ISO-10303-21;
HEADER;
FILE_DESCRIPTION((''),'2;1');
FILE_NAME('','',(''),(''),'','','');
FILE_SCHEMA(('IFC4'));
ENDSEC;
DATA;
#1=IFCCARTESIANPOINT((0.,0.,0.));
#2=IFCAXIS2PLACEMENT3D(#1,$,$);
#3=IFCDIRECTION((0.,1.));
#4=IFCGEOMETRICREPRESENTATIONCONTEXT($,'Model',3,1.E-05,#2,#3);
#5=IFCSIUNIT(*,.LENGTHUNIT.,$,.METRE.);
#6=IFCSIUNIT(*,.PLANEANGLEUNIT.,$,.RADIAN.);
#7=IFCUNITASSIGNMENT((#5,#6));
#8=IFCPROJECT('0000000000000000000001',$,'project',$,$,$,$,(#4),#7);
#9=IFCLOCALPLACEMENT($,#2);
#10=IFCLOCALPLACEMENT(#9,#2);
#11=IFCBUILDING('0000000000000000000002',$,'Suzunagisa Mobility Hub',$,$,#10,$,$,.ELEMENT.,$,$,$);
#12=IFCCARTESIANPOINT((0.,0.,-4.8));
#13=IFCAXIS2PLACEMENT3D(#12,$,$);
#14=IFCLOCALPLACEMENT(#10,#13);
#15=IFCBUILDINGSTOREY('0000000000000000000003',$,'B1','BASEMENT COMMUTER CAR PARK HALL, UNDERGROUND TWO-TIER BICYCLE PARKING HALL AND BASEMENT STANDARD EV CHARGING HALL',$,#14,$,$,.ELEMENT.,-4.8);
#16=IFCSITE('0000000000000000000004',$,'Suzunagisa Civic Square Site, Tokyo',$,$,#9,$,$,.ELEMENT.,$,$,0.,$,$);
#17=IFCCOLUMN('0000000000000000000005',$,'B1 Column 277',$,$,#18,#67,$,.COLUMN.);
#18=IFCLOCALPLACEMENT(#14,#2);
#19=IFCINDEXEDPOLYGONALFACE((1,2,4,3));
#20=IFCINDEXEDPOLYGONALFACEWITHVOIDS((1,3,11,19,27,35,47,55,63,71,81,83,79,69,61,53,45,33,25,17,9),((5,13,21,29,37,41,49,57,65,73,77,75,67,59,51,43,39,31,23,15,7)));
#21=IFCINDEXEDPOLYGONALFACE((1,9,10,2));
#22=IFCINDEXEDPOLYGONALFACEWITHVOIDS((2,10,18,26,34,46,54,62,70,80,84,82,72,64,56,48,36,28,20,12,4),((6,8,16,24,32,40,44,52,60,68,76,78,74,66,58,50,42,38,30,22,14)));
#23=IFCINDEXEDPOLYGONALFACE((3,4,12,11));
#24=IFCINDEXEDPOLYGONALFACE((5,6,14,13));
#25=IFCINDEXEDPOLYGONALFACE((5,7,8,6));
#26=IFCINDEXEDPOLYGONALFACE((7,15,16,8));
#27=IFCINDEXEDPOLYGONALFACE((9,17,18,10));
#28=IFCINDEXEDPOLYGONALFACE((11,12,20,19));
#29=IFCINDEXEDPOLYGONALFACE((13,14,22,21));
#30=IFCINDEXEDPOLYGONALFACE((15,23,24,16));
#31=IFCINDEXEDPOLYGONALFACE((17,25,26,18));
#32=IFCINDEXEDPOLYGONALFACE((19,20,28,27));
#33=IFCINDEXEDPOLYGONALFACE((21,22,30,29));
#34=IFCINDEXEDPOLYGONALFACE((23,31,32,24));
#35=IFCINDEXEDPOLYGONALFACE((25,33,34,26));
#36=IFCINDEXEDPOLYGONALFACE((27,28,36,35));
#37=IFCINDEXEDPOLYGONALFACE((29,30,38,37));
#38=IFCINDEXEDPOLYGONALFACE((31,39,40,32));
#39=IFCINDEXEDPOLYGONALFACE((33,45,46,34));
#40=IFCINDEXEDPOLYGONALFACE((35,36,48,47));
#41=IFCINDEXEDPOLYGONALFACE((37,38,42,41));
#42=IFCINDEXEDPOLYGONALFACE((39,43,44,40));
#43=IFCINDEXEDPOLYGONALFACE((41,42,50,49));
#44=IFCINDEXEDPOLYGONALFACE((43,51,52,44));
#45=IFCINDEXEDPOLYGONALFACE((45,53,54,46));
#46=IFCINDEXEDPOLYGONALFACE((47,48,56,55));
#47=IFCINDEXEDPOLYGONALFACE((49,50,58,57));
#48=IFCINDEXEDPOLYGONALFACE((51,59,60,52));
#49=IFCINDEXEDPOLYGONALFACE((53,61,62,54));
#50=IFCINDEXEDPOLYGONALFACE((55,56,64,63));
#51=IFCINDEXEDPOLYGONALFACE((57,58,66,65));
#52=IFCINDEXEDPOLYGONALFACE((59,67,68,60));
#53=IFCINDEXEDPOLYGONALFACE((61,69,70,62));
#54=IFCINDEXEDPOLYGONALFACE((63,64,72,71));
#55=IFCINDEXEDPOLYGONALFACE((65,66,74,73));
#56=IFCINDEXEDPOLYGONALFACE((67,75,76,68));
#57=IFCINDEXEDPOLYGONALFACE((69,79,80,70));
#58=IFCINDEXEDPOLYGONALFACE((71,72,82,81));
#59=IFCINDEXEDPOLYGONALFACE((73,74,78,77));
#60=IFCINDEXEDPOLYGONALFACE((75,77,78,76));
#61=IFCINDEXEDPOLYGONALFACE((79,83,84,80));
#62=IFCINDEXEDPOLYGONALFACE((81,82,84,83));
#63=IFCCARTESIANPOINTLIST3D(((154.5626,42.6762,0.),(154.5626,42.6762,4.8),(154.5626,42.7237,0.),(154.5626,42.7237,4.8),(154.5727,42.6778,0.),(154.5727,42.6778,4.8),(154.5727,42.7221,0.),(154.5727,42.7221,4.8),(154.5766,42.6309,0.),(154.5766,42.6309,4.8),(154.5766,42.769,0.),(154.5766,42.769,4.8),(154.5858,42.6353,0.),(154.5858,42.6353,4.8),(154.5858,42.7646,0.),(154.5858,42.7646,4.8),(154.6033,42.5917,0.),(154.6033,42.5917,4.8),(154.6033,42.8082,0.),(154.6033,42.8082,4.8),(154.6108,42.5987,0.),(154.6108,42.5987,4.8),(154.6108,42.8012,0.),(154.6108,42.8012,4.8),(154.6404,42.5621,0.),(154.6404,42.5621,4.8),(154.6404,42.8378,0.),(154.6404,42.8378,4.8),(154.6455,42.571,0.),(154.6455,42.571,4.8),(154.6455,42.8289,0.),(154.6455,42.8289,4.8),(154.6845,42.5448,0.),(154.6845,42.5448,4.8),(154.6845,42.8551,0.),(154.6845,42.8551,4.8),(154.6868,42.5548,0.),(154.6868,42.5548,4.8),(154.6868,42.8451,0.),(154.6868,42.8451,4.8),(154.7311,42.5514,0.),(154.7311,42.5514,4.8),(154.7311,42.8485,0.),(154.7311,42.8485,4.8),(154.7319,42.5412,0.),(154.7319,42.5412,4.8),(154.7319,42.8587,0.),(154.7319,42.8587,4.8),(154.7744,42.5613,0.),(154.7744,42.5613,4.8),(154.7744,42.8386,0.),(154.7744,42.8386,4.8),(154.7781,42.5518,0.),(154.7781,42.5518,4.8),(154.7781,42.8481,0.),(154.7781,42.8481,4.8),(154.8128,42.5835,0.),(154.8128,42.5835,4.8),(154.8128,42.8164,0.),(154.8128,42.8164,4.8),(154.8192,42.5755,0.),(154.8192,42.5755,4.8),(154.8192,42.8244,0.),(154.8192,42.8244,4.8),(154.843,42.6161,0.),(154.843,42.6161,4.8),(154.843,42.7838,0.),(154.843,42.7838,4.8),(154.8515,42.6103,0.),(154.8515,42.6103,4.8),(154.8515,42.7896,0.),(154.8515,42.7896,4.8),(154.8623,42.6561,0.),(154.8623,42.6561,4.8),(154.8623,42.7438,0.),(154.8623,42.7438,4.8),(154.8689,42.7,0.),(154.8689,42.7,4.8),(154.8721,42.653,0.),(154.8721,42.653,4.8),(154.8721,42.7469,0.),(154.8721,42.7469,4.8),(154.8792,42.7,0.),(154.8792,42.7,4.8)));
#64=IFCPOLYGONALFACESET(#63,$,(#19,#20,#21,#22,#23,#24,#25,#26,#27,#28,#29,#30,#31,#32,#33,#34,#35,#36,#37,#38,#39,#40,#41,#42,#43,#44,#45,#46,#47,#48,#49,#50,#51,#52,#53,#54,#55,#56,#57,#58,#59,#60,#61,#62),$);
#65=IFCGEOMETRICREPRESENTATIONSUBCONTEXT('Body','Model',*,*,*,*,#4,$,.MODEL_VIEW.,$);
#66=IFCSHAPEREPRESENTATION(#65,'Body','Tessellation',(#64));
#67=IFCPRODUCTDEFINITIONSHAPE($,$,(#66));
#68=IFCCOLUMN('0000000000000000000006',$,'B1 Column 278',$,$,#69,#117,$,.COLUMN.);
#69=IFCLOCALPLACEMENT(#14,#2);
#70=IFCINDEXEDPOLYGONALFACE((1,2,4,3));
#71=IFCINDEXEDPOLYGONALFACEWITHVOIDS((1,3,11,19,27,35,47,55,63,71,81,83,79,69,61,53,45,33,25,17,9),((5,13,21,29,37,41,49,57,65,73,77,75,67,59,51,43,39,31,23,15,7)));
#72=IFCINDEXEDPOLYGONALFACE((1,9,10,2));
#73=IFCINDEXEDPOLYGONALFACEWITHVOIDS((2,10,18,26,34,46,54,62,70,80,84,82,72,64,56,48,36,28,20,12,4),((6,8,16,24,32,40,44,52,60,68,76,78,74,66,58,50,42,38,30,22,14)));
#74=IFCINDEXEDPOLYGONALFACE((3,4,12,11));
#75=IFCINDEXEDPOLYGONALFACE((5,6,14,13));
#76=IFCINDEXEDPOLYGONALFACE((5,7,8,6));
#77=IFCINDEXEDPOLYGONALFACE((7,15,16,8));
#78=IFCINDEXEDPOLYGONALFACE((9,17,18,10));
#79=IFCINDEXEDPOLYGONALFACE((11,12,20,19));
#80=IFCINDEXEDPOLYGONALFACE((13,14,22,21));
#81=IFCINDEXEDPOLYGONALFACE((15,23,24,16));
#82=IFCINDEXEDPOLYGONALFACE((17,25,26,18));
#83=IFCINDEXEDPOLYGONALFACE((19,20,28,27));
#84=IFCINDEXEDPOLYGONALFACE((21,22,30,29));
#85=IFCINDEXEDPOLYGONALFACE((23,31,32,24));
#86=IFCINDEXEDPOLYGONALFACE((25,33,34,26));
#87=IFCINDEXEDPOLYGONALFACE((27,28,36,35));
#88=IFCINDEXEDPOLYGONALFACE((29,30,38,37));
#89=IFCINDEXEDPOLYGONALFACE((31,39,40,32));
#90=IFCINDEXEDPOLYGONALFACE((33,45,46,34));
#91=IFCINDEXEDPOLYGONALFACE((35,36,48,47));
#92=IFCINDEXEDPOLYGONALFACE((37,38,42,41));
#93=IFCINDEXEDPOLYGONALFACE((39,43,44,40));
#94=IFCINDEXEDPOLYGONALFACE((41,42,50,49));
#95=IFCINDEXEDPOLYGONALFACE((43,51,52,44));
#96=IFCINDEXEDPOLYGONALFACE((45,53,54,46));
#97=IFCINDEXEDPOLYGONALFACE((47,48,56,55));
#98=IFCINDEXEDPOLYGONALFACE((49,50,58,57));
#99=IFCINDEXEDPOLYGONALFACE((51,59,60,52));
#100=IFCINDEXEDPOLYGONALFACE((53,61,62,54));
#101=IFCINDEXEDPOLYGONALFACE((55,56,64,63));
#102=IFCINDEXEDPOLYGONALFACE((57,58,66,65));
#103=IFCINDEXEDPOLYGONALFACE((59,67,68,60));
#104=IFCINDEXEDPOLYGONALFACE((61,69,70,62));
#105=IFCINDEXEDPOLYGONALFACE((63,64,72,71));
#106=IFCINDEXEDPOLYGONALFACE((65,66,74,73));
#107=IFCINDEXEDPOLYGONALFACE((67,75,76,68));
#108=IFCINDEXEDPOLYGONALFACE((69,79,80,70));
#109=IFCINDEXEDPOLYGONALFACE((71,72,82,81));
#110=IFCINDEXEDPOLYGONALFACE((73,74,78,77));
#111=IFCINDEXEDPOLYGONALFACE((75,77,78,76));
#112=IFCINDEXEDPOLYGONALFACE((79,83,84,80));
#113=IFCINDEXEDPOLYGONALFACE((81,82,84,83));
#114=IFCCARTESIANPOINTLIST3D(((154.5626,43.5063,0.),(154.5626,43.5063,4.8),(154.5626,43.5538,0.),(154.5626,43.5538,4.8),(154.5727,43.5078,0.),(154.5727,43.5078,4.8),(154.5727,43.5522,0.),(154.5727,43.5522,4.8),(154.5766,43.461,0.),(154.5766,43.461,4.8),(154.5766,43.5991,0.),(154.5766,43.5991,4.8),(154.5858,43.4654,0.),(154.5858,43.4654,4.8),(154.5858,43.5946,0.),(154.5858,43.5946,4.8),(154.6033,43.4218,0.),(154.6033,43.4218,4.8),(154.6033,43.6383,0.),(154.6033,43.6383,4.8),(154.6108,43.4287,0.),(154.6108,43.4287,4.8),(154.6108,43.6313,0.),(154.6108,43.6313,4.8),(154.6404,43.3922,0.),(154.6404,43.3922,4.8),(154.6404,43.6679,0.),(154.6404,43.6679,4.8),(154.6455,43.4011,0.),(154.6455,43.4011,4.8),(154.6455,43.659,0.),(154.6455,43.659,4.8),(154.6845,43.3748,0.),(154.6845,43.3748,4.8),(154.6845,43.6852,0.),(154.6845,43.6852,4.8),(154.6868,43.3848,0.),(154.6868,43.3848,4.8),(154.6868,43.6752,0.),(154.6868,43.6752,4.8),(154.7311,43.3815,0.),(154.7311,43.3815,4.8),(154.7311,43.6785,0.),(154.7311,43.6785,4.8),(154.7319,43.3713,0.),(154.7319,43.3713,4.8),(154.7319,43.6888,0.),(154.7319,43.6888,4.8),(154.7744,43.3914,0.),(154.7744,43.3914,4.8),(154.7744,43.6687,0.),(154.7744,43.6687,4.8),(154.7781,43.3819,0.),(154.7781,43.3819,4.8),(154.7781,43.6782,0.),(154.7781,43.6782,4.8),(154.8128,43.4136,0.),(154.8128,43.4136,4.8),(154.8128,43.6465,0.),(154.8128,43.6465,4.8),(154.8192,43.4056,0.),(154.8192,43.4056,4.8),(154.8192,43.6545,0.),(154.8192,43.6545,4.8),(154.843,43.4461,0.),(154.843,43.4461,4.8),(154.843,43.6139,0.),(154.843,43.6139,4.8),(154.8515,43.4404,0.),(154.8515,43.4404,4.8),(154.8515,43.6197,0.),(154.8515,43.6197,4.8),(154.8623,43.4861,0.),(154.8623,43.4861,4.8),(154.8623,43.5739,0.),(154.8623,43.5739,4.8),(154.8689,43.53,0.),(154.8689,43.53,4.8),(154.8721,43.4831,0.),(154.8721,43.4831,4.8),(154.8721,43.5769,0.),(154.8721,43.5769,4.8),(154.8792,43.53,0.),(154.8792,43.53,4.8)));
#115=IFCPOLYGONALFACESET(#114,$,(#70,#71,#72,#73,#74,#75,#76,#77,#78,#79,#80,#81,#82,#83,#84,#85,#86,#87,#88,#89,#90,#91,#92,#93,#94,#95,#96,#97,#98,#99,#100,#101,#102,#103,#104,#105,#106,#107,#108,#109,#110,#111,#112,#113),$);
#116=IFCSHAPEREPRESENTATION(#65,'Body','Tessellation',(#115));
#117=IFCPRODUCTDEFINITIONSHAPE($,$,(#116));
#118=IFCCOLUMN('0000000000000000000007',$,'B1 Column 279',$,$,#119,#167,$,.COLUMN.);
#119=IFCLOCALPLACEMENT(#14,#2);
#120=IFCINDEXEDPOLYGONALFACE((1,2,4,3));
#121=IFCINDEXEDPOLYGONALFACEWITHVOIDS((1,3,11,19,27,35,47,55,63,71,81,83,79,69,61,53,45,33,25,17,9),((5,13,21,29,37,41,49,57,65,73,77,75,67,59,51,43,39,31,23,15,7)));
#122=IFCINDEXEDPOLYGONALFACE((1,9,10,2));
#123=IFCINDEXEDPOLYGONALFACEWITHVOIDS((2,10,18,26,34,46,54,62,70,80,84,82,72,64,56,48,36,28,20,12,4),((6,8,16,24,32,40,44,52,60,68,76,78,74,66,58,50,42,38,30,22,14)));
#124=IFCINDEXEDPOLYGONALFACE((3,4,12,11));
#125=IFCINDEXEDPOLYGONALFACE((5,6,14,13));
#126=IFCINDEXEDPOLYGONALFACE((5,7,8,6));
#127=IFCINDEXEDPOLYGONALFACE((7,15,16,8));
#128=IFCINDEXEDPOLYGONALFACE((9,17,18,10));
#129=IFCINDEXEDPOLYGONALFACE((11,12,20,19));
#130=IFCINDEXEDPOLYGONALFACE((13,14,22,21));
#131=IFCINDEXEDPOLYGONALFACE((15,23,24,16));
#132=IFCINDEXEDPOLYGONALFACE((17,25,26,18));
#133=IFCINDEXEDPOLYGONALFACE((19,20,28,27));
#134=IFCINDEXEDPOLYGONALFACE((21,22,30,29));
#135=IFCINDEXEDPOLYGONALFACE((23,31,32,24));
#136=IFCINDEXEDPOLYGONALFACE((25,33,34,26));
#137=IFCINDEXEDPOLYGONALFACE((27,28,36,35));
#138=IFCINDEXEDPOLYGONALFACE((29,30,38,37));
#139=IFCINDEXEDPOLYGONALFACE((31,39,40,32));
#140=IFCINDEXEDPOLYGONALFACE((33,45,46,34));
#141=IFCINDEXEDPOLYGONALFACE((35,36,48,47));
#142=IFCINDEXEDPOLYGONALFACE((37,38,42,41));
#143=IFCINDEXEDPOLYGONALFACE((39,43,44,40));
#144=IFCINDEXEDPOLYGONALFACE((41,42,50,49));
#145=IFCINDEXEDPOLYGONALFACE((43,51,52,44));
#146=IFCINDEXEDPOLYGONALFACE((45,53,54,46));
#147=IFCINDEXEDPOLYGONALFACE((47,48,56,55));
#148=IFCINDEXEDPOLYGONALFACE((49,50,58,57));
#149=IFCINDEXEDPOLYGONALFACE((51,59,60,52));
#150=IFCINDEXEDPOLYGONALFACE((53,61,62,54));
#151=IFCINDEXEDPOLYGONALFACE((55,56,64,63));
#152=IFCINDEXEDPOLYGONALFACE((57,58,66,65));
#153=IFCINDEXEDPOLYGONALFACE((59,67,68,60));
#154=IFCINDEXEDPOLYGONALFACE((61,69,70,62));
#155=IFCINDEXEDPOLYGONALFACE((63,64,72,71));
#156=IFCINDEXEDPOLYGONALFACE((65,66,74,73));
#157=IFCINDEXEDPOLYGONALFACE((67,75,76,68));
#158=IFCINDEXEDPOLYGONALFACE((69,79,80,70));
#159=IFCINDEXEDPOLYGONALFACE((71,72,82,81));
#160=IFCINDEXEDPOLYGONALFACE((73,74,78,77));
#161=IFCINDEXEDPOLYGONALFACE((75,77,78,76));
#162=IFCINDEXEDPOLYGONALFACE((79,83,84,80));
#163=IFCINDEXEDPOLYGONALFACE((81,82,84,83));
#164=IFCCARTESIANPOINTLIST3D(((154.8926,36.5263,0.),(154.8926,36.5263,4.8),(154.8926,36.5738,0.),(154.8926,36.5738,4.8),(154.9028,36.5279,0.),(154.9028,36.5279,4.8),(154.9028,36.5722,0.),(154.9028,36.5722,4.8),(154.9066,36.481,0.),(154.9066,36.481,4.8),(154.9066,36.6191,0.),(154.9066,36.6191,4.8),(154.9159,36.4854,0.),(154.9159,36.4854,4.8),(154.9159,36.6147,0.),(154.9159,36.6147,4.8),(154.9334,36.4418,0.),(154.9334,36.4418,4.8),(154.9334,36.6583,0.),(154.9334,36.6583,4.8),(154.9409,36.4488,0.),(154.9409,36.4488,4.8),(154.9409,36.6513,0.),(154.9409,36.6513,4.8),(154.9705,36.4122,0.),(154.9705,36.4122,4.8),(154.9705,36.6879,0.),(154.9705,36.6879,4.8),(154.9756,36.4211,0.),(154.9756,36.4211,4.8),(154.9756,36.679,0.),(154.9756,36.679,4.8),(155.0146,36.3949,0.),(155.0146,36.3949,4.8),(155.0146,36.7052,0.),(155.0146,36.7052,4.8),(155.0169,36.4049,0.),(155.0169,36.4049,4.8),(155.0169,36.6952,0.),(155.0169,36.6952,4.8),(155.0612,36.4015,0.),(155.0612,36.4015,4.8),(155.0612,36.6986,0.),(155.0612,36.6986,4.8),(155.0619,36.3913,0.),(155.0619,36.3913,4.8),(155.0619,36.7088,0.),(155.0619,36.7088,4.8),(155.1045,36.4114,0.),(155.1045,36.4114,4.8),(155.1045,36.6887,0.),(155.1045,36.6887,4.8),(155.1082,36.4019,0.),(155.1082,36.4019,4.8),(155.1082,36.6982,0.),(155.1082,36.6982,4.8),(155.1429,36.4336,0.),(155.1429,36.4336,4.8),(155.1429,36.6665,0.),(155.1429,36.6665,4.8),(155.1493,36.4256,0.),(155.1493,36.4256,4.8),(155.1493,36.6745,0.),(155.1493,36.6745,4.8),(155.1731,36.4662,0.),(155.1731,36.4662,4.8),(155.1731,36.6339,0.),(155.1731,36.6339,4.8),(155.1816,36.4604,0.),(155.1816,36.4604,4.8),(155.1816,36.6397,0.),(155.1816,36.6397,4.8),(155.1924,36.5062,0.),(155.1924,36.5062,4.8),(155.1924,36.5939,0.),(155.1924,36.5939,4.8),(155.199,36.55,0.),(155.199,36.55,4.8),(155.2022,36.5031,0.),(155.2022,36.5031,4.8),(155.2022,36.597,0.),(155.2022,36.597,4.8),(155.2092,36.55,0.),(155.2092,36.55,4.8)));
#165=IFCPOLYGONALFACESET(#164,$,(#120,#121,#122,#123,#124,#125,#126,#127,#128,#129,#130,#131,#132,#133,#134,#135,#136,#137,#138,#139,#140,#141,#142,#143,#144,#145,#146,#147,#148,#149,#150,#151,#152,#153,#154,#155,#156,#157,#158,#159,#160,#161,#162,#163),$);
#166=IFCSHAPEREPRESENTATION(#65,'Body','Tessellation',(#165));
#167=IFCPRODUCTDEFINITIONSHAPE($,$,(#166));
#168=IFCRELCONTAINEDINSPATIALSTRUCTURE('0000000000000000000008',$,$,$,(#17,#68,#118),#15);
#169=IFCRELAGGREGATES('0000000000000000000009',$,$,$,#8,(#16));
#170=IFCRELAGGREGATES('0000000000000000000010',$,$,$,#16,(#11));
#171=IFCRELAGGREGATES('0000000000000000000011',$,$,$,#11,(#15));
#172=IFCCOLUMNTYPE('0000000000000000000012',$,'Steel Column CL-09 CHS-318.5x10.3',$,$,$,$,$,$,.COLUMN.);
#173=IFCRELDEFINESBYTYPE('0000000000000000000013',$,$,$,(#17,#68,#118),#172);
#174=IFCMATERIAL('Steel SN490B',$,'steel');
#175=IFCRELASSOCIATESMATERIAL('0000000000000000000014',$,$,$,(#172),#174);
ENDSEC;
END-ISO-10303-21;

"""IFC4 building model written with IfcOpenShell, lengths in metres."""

from ifc_helpers import new_model, si_unit, direction, frame, origin, origin_2d, place, context, subcontext, project, spatial, hollow_circle, extrude, material, material_profile, profile_set, type_object, element, save


model = new_model("IFC4")

# Units and contexts
model_context = context("Model", 3, precision=1e-05, world=origin(), true_north=direction((0.0, 1.0)))
body_context = subcontext(model_context, "Body", "Model", "MODEL_VIEW")
ifc_project = project(units=[si_unit("LENGTHUNIT", "METRE"), si_unit("PLANEANGLEUNIT", "RADIAN")], contexts=[model_context])

# Site, building, storey
site_placement = place(None, origin())
site = spatial("IfcSite", under=ifc_project, at=site_placement, Name="Suzunagisa Civic Square Site, Tokyo", CompositionType="ELEMENT", RefElevation=0.0)
building_placement = place(site_placement, origin())
building = spatial("IfcBuilding", under=site, at=building_placement, Name="Suzunagisa Mobility Hub", CompositionType="ELEMENT")
storey_placement = place(building_placement, frame((0.0, 0.0, -4.8)))
storey = spatial("IfcBuildingStorey", under=building, at=storey_placement, Name="B1", Description="BASEMENT COMMUTER CAR PARK HALL, UNDERGROUND TWO-TIER BICYCLE PARKING HALL AND BASEMENT STANDARD EV CHARGING HALL", CompositionType="ELEMENT", Elevation=-4.8)

# Columns
ifc_material_1 = material(Name="Steel SN490B", Category="steel")
ifc_material_profile_1 = material_profile(ifc_material_1, hollow_circle(Radius=0.1592, WallThickness=0.0103, at=origin_2d()), Name="CHS-318.5x10.3")
ifc_profile_set_1 = profile_set([ifc_material_profile_1], Name="Steel SN490B")
column_type = type_object("IfcColumnType", Name="Steel Column CL-09 CHS-318.5x10.3", PredefinedType="COLUMN", material=ifc_profile_set_1)
for number, where, z_axis, x_axis, name in (
    (1, (154.72, 42.7, 0.0), (0.0, 0.0, 1.0), (1.0, 0.0, 0.0), "B1 Column 277"),
    (2, (154.72, 43.53, 0.0), (0.0, 0.0, 1.0), (1.0, 0.0, 0.0), "B1 Column 278"),
    (3, (155.05, 36.55, 0.0), (0.0, 0.0, 1.0), (1.0, 0.0, 0.0), "B1 Column 279"),
):
    element("IfcColumn", number, at=place(storey_placement, frame(where, z_axis=z_axis, x_axis=x_axis)), inside=storey, type_object=column_type, Name=name, PredefinedType="COLUMN", context=body_context, shape_type="SweptSolid", body=[
        extrude(hollow_circle(Radius=0.1592, WallThickness=0.0103, at=origin_2d()), origin(), (0.0, 0.0, 1.0), 4.8),
    ])

save(model, "model.ifc")
